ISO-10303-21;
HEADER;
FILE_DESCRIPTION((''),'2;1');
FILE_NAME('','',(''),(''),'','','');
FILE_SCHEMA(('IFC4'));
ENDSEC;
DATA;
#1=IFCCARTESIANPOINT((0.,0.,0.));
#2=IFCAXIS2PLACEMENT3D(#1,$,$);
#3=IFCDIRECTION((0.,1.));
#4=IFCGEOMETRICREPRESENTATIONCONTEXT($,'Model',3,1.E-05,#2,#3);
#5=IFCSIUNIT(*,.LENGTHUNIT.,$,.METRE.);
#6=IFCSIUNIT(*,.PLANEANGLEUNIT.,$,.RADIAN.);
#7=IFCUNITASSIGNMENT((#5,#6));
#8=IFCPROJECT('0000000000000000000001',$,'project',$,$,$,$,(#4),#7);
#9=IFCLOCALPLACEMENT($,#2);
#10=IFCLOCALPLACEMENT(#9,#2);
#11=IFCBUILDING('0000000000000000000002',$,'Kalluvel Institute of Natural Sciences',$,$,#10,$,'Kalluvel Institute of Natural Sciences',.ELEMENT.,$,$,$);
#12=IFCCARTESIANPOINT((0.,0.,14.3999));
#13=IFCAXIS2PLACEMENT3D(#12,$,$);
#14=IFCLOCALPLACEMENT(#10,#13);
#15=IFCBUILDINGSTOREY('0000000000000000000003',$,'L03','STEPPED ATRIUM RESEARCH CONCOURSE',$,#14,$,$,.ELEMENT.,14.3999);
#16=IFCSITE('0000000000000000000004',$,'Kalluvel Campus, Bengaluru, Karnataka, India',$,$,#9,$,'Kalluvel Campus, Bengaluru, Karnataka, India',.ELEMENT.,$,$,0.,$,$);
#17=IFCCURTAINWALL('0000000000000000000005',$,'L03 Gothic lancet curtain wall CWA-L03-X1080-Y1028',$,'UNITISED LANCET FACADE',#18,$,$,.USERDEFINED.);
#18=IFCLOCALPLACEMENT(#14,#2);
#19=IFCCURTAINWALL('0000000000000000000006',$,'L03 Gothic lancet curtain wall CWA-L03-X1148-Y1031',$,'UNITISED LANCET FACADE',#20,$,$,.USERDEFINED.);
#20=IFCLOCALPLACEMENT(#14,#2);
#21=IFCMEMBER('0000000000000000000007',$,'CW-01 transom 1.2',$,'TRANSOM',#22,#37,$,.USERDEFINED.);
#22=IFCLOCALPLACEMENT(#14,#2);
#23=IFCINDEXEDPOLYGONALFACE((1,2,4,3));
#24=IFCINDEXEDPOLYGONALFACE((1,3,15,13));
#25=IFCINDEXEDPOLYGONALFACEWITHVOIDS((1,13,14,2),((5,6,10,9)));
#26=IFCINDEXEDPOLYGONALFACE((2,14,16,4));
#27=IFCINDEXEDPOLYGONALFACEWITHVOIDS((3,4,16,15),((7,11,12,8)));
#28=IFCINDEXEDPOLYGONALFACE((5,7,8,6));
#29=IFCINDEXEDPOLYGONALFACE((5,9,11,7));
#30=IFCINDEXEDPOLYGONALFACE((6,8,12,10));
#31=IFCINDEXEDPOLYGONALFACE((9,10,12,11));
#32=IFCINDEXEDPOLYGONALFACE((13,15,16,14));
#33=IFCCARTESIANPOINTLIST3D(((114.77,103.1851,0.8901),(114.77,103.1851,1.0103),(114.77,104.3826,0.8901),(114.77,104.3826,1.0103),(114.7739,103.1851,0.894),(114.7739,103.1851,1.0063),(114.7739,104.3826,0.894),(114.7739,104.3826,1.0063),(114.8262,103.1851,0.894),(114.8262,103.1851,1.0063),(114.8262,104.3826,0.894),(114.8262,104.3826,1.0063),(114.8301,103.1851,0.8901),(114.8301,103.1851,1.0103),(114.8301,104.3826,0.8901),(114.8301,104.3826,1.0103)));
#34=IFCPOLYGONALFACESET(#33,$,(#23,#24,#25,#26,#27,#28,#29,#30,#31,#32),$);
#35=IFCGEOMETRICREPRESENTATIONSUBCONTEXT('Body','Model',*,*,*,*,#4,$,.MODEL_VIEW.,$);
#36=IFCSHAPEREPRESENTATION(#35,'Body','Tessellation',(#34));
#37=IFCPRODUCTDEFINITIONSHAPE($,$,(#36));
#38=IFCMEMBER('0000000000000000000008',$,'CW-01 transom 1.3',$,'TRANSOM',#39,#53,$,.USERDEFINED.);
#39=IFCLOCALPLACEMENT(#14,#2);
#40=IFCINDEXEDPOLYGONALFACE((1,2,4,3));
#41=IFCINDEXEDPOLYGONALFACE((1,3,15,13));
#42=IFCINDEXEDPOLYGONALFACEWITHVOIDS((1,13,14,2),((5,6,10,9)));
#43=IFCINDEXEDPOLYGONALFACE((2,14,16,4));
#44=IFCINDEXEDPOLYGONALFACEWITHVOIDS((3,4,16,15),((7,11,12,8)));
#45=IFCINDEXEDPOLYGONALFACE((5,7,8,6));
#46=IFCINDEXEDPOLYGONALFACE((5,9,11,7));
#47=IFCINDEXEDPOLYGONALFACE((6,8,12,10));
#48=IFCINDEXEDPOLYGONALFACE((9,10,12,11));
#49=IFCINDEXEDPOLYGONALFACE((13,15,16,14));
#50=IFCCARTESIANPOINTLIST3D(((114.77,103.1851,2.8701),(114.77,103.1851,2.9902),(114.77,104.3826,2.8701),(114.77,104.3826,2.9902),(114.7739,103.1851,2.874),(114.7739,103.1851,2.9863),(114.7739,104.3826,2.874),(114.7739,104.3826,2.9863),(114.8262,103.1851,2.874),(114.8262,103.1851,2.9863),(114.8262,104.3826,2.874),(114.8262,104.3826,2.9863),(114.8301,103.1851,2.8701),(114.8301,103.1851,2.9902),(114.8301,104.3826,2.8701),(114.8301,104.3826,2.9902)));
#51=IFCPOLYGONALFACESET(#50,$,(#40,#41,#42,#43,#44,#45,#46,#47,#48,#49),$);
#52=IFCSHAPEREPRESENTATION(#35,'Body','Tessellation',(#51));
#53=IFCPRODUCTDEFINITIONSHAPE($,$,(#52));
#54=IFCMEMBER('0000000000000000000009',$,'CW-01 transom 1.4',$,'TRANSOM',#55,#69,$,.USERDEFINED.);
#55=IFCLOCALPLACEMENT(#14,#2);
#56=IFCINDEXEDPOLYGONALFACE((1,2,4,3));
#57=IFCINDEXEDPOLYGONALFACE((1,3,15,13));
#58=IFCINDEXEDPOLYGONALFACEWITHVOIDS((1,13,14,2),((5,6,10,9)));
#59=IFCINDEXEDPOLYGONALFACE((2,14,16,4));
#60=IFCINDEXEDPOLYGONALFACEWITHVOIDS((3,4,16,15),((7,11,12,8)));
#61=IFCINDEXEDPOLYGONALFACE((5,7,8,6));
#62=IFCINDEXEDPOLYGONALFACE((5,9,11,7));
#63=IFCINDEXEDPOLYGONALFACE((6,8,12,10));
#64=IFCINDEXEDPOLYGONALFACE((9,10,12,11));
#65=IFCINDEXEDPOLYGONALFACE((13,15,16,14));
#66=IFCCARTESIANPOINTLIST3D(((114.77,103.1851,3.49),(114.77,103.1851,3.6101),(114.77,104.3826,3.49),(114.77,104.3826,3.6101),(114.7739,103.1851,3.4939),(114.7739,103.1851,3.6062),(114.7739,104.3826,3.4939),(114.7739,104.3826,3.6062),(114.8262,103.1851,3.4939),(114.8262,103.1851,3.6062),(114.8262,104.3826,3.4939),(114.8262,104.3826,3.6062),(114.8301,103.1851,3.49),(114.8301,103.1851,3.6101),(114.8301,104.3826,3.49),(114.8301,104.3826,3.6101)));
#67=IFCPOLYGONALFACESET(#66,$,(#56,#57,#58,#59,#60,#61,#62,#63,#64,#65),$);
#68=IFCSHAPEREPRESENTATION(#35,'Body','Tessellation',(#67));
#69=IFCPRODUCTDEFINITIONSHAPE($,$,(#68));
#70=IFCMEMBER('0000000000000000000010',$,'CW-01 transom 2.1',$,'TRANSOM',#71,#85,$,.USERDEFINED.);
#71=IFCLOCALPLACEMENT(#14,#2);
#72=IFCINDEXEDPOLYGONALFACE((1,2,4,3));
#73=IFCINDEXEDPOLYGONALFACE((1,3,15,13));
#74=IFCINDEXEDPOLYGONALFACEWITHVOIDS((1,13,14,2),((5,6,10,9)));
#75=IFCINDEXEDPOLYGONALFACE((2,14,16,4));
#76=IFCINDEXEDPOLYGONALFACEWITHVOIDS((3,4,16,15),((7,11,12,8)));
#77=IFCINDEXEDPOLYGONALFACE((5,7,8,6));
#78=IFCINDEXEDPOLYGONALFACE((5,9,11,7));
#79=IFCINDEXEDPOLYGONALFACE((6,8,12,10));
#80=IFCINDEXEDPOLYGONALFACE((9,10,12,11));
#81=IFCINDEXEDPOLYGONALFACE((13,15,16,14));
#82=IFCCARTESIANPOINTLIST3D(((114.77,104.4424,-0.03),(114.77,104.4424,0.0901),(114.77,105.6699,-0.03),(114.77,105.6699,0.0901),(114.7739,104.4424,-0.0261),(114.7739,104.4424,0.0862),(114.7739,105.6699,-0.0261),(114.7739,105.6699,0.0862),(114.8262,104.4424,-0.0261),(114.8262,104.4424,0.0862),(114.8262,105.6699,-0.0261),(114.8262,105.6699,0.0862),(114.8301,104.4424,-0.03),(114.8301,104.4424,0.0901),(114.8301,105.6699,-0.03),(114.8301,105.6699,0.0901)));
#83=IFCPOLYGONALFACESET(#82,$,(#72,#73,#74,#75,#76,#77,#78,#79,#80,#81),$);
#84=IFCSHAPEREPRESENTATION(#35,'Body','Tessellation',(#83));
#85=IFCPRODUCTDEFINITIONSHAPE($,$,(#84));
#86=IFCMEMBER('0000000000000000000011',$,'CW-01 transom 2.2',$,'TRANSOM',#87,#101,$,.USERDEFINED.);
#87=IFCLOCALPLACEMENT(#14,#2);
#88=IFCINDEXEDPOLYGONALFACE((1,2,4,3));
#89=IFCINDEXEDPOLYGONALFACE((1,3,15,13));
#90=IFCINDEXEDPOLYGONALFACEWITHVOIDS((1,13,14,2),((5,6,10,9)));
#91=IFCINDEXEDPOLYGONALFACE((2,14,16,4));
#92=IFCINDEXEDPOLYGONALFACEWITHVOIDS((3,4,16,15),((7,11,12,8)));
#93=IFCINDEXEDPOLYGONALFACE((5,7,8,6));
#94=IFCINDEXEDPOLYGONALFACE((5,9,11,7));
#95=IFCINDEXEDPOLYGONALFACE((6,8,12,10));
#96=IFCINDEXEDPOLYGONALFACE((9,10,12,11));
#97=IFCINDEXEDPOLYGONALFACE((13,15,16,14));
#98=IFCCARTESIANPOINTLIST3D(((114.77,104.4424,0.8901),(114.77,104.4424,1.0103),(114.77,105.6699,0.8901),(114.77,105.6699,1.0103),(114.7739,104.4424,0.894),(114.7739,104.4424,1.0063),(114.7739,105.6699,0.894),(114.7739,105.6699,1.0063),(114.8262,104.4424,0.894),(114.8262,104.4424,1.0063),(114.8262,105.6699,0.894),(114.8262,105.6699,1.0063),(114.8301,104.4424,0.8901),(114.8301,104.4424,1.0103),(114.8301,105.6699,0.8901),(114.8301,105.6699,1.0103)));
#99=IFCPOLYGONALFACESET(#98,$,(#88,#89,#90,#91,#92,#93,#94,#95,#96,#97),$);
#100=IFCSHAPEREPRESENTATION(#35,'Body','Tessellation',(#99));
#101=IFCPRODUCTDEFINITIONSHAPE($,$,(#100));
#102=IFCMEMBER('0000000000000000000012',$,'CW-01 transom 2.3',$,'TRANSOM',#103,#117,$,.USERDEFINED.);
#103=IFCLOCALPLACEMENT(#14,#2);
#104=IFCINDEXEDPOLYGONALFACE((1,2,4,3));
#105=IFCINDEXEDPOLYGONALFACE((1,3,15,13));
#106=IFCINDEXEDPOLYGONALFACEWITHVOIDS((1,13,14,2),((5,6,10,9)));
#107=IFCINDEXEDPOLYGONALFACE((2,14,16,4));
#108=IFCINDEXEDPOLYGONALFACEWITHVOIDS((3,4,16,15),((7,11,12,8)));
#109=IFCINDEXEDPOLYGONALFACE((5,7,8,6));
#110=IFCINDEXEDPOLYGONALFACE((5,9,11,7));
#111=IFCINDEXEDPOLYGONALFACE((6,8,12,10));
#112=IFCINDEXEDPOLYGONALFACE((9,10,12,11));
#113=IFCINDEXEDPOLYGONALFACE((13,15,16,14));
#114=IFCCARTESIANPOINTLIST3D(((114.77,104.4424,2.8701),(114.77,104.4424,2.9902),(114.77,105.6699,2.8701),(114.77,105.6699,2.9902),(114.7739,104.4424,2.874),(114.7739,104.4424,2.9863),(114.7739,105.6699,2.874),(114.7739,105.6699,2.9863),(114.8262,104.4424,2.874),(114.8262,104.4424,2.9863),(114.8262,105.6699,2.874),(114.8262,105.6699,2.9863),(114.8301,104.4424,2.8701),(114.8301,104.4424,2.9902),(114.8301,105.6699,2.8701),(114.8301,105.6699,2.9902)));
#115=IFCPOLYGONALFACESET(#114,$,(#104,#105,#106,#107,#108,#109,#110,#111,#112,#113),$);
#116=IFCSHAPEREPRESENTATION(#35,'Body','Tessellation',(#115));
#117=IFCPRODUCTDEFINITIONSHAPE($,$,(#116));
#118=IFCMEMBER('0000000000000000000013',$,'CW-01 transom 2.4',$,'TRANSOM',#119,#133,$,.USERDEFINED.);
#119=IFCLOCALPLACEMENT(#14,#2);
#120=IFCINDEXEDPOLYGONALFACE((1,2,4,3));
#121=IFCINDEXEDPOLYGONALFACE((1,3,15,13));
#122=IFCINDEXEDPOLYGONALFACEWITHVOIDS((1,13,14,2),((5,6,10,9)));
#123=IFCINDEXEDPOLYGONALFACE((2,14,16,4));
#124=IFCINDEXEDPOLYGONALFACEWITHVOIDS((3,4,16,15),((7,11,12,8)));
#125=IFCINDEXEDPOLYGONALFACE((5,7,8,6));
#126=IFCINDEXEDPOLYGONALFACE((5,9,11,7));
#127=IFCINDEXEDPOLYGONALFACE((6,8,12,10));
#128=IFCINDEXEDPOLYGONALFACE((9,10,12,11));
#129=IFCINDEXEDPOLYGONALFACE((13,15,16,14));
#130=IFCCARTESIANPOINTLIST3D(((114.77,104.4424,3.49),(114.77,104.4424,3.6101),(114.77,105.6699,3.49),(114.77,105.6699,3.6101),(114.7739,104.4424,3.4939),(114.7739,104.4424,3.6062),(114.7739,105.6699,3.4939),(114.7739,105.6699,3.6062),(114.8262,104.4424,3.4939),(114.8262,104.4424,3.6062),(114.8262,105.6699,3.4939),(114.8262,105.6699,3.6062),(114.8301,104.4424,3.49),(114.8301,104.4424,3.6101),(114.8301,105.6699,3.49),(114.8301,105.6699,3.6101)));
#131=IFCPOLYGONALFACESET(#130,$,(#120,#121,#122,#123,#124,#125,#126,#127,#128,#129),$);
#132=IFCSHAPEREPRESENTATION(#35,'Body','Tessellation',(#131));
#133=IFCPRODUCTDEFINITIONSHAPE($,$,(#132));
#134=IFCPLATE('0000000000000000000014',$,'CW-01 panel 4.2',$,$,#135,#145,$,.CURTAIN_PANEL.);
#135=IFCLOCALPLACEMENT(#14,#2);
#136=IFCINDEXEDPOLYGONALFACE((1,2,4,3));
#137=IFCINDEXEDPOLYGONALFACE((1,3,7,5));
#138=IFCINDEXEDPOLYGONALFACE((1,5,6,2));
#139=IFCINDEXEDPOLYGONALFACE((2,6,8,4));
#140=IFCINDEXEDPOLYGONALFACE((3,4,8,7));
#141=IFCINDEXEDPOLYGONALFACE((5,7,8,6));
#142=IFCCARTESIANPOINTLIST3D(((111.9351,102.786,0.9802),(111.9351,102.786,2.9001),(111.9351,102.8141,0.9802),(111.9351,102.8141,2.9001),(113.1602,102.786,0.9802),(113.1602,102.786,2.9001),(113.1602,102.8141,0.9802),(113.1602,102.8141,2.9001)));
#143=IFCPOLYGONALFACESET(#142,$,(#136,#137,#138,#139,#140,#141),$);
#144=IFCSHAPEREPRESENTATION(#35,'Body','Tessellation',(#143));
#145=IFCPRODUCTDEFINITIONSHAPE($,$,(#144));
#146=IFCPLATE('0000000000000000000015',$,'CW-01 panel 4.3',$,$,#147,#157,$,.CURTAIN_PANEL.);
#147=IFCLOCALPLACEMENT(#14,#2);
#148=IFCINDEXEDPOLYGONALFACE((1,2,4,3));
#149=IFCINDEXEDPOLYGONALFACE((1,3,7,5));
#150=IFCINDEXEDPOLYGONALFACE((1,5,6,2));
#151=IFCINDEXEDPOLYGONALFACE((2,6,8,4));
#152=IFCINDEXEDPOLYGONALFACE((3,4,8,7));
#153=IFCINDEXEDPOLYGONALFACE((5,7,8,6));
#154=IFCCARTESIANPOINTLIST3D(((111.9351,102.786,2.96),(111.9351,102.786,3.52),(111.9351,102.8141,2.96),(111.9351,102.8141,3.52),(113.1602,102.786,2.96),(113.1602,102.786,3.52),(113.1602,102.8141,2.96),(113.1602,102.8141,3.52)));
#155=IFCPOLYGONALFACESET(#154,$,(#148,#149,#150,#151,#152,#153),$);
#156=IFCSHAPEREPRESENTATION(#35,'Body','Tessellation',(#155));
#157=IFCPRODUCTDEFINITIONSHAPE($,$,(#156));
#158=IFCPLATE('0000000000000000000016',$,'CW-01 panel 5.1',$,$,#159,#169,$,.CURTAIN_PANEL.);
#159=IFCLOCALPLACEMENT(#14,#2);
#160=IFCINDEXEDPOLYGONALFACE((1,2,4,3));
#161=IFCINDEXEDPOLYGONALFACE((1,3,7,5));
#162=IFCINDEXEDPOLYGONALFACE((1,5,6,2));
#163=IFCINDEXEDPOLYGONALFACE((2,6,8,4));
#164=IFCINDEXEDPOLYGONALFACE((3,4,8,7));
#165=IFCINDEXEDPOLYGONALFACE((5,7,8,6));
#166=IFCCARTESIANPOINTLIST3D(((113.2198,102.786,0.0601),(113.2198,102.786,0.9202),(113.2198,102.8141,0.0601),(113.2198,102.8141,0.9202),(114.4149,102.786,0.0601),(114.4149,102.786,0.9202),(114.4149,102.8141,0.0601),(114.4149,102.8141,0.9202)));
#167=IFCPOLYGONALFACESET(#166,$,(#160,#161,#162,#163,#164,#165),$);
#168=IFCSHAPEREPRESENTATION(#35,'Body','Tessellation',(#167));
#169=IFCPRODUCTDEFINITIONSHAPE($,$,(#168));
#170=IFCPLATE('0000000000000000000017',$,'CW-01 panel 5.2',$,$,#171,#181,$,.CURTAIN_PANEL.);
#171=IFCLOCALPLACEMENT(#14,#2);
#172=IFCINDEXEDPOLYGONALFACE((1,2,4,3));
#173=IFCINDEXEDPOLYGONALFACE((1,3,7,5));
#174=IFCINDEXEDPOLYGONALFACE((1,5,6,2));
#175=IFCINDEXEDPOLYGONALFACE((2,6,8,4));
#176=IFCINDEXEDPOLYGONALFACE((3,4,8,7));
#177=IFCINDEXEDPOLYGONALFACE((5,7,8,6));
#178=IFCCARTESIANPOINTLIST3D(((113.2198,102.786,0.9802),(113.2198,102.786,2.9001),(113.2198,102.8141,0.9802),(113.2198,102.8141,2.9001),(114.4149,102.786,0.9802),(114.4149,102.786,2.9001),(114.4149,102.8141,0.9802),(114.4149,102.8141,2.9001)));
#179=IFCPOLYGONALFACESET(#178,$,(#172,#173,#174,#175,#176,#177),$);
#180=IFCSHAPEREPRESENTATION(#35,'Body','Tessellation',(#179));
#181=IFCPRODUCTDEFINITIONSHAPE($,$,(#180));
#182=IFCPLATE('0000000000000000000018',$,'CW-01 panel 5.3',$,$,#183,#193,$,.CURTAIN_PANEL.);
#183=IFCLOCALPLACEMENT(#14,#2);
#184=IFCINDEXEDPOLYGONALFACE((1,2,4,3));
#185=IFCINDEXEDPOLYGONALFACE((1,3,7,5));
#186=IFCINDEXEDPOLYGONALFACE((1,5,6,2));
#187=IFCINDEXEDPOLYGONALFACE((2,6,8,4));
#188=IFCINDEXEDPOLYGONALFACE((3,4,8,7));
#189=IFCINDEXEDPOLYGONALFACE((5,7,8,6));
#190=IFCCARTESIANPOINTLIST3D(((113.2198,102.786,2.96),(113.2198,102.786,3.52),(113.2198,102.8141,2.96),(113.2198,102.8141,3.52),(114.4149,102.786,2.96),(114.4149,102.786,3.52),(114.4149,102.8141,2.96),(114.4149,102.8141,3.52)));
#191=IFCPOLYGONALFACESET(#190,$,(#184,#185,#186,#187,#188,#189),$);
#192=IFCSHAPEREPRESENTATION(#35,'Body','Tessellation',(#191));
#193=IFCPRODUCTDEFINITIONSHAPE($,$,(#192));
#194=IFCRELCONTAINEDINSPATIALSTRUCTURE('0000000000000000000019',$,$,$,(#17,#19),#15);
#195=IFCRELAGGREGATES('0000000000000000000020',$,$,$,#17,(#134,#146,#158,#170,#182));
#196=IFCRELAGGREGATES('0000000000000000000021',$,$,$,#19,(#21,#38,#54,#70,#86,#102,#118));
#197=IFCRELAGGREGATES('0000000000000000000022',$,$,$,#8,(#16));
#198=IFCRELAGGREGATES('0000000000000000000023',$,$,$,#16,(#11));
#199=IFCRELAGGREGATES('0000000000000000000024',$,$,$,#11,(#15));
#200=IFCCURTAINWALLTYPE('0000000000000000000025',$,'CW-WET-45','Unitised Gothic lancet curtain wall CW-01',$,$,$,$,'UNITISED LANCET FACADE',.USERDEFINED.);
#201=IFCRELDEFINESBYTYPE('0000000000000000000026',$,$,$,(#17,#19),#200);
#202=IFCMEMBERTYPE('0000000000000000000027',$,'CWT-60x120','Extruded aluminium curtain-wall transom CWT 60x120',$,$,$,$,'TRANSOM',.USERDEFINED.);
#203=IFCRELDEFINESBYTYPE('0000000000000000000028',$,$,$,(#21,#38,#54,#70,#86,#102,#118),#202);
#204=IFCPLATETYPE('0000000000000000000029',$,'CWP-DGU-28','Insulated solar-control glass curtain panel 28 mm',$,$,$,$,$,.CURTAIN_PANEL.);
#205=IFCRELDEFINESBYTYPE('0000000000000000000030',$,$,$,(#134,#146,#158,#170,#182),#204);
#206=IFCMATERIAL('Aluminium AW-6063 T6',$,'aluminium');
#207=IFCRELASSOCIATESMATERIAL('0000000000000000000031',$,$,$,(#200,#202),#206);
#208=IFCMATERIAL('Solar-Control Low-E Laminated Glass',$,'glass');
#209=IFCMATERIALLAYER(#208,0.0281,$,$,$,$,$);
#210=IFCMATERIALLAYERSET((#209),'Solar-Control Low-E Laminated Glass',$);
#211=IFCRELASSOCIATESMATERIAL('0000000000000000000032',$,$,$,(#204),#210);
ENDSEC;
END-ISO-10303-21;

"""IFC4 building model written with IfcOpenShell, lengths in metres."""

from ifc_helpers import new_model, si_unit, direction, frame, origin, origin_2d, place, context, subcontext, project, spatial, rectangle, hollow_rectangle, extrude, material, layer, layer_set, material_profile, profile_set, type_object, element, aggregate, save


model = new_model("IFC4")

# Units and contexts
model_context = context("Model", 3, precision=1e-05, world=origin(), true_north=direction((0.0, 1.0)))
body_context = subcontext(model_context, "Body", "Model", "MODEL_VIEW")
ifc_project = project(units=[si_unit("LENGTHUNIT", "METRE"), si_unit("PLANEANGLEUNIT", "RADIAN")], contexts=[model_context])

# Site, building, storey
site_placement = place(None, origin())
site = spatial("IfcSite", under=ifc_project, at=site_placement, Name="Kalluvel Campus, Bengaluru, Karnataka, India", LongName="Kalluvel Campus, Bengaluru, Karnataka, India", CompositionType="ELEMENT", RefElevation=0.0)
building_placement = place(site_placement, origin())
building = spatial("IfcBuilding", under=site, at=building_placement, Name="Kalluvel Institute of Natural Sciences", LongName="Kalluvel Institute of Natural Sciences", CompositionType="ELEMENT")
storey_placement = place(building_placement, frame((0.0, 0.0, 14.3999)))
storey = spatial("IfcBuildingStorey", under=building, at=storey_placement, Name="L03", Description="STEPPED ATRIUM RESEARCH CONCOURSE", CompositionType="ELEMENT", Elevation=14.3999)

# Curtain walls
ifc_material_1 = material(Name="Aluminium AW-6063 T6", Category="aluminium")
curtain_wall_type = type_object("IfcCurtainWallType", Name="CW-WET-45", Description="Unitised Gothic lancet curtain wall CW-01", ElementType="UNITISED LANCET FACADE", PredefinedType="USERDEFINED", material=ifc_material_1)
curtain_wall_1_placement = place(storey_placement, origin())
curtain_wall_1 = element("IfcCurtainWall", 1, at=curtain_wall_1_placement, inside=storey, type_object=curtain_wall_type, Name="L03 Gothic lancet curtain wall CWA-L03-X1080-Y1028", ObjectType="UNITISED LANCET FACADE", PredefinedType="USERDEFINED")
curtain_wall_2_placement = place(storey_placement, origin())
curtain_wall_2 = element("IfcCurtainWall", 2, at=curtain_wall_2_placement, inside=storey, type_object=curtain_wall_type, Name="L03 Gothic lancet curtain wall CWA-L03-X1148-Y1031", ObjectType="UNITISED LANCET FACADE", PredefinedType="USERDEFINED")

# Members
ifc_material_profile_1 = material_profile(ifc_material_1, hollow_rectangle(XDim=0.0601, YDim=0.1201, WallThickness=0.0039, at=origin_2d()), Name="CWT 60x120")
ifc_profile_set_1 = profile_set([ifc_material_profile_1], Name="Aluminium AW-6063 T6")
member_type_1 = type_object("IfcMemberType", Name="CWT-60x120", Description="Extruded aluminium curtain-wall transom CWT 60x120", ElementType="TRANSOM", PredefinedType="USERDEFINED", material=ifc_profile_set_1)
member_1_placement = place(storey_placement, frame((114.8, 103.1851, 0.9502), z_axis=(0.0, 1.0, 0.0), x_axis=(-1.0, 0.0, 0.0)))
member_1 = element("IfcMember", 3, at=member_1_placement, type_object=member_type_1, Name="CW-01 transom 1.2", ObjectType="TRANSOM", PredefinedType="USERDEFINED", context=body_context, shape_type="SweptSolid", body=[
    extrude(hollow_rectangle(XDim=0.0601, YDim=0.1201, WallThickness=0.0039, at=origin_2d()), origin(), (0.0, 0.0, 1.0), 1.1975),
])
member_2_placement = place(storey_placement, frame((114.8, 103.1851, 2.9302), z_axis=(0.0, 1.0, 0.0), x_axis=(-1.0, 0.0, 0.0)))
member_2 = element("IfcMember", 4, at=member_2_placement, type_object=member_type_1, Name="CW-01 transom 1.3", ObjectType="TRANSOM", PredefinedType="USERDEFINED", context=body_context, shape_type="SweptSolid", body=[
    extrude(hollow_rectangle(XDim=0.0601, YDim=0.1201, WallThickness=0.0039, at=origin_2d()), origin(), (0.0, 0.0, 1.0), 1.1975),
])
member_3_placement = place(storey_placement, frame((114.8, 103.1851, 3.55), z_axis=(0.0, 1.0, 0.0), x_axis=(-1.0, 0.0, 0.0)))
member_3 = element("IfcMember", 5, at=member_3_placement, type_object=member_type_1, Name="CW-01 transom 1.4", ObjectType="TRANSOM", PredefinedType="USERDEFINED", context=body_context, shape_type="SweptSolid", body=[
    extrude(hollow_rectangle(XDim=0.0601, YDim=0.1201, WallThickness=0.0039, at=origin_2d()), origin(), (0.0, 0.0, 1.0), 1.1975),
])
member_4_placement = place(storey_placement, frame((114.8, 104.4424, 0.03), z_axis=(0.0, 1.0, 0.0), x_axis=(-1.0, 0.0, 0.0)))
member_4 = element("IfcMember", 6, at=member_4_placement, type_object=member_type_1, Name="CW-01 transom 2.1", ObjectType="TRANSOM", PredefinedType="USERDEFINED", context=body_context, shape_type="SweptSolid", body=[
    extrude(hollow_rectangle(XDim=0.0601, YDim=0.1201, WallThickness=0.0039, at=origin_2d()), origin(), (0.0, 0.0, 1.0), 1.2275),
])
member_5_placement = place(storey_placement, frame((114.8, 104.4424, 0.9502), z_axis=(0.0, 1.0, 0.0), x_axis=(-1.0, 0.0, 0.0)))
member_5 = element("IfcMember", 7, at=member_5_placement, type_object=member_type_1, Name="CW-01 transom 2.2", ObjectType="TRANSOM", PredefinedType="USERDEFINED", context=body_context, shape_type="SweptSolid", body=[
    extrude(hollow_rectangle(XDim=0.0601, YDim=0.1201, WallThickness=0.0039, at=origin_2d()), origin(), (0.0, 0.0, 1.0), 1.2275),
])
member_6_placement = place(storey_placement, frame((114.8, 104.4424, 2.9302), z_axis=(0.0, 1.0, 0.0), x_axis=(-1.0, 0.0, 0.0)))
member_6 = element("IfcMember", 8, at=member_6_placement, type_object=member_type_1, Name="CW-01 transom 2.3", ObjectType="TRANSOM", PredefinedType="USERDEFINED", context=body_context, shape_type="SweptSolid", body=[
    extrude(hollow_rectangle(XDim=0.0601, YDim=0.1201, WallThickness=0.0039, at=origin_2d()), origin(), (0.0, 0.0, 1.0), 1.2275),
])
member_7_placement = place(storey_placement, frame((114.8, 104.4424, 3.55), z_axis=(0.0, 1.0, 0.0), x_axis=(-1.0, 0.0, 0.0)))
member_7 = element("IfcMember", 9, at=member_7_placement, type_object=member_type_1, Name="CW-01 transom 2.4", ObjectType="TRANSOM", PredefinedType="USERDEFINED", context=body_context, shape_type="SweptSolid", body=[
    extrude(hollow_rectangle(XDim=0.0601, YDim=0.1201, WallThickness=0.0039, at=origin_2d()), origin(), (0.0, 0.0, 1.0), 1.2275),
])

# Plates
ifc_material_2 = material(Name="Solar-Control Low-E Laminated Glass", Category="glass")
ifc_layer = layer(ifc_material_2, 0.0281)
ifc_layer_set = layer_set([ifc_layer], Name="Solar-Control Low-E Laminated Glass")
plate_type = type_object("IfcPlateType", Name="CWP-DGU-28", Description="Insulated solar-control glass curtain panel 28 mm", PredefinedType="CURTAIN_PANEL", material=ifc_layer_set)
plate_1_placement = place(storey_placement, frame((112.5476, 102.8, 0.9802), z_axis=(0.0, 0.0, 1.0), x_axis=(1.0, 0.0, 0.0)))
plate_1 = element("IfcPlate", 10, at=plate_1_placement, type_object=plate_type, Name="CW-01 panel 4.2", PredefinedType="CURTAIN_PANEL", context=body_context, shape_type="SweptSolid", body=[
    extrude(rectangle(XDim=1.2251, YDim=0.0281, at=origin_2d()), origin(), (0.0, 0.0, 1.0), 1.9199),
])
plate_2_placement = place(storey_placement, frame((112.5476, 102.8, 2.96), z_axis=(0.0, 0.0, 1.0), x_axis=(1.0, 0.0, 0.0)))
plate_2 = element("IfcPlate", 11, at=plate_2_placement, type_object=plate_type, Name="CW-01 panel 4.3", PredefinedType="CURTAIN_PANEL", context=body_context, shape_type="SweptSolid", body=[
    extrude(rectangle(XDim=1.2251, YDim=0.0281, at=origin_2d()), origin(), (0.0, 0.0, 1.0), 0.5601),
])
plate_3_placement = place(storey_placement, frame((113.8174, 102.8, 0.0601), z_axis=(0.0, 0.0, 1.0), x_axis=(1.0, 0.0, 0.0)))
plate_3 = element("IfcPlate", 12, at=plate_3_placement, type_object=plate_type, Name="CW-01 panel 5.1", PredefinedType="CURTAIN_PANEL", context=body_context, shape_type="SweptSolid", body=[
    extrude(rectangle(XDim=1.1951, YDim=0.0281, at=origin_2d()), origin(), (0.0, 0.0, 1.0), 0.8601),
])
plate_4_placement = place(storey_placement, frame((113.8174, 102.8, 0.9802), z_axis=(0.0, 0.0, 1.0), x_axis=(1.0, 0.0, 0.0)))
plate_4 = element("IfcPlate", 13, at=plate_4_placement, type_object=plate_type, Name="CW-01 panel 5.2", PredefinedType="CURTAIN_PANEL", context=body_context, shape_type="SweptSolid", body=[
    extrude(rectangle(XDim=1.1951, YDim=0.0281, at=origin_2d()), origin(), (0.0, 0.0, 1.0), 1.9199),
])
plate_5_placement = place(storey_placement, frame((113.8174, 102.8, 2.96), z_axis=(0.0, 0.0, 1.0), x_axis=(1.0, 0.0, 0.0)))
plate_5 = element("IfcPlate", 14, at=plate_5_placement, type_object=plate_type, Name="CW-01 panel 5.3", PredefinedType="CURTAIN_PANEL", context=body_context, shape_type="SweptSolid", body=[
    extrude(rectangle(XDim=1.1951, YDim=0.0281, at=origin_2d()), origin(), (0.0, 0.0, 1.0), 0.5601),
])
aggregate(curtain_wall_1, [plate_1, plate_2, plate_3, plate_4, plate_5])
aggregate(curtain_wall_2, [member_1, member_2, member_3, member_4, member_5, member_6, member_7])

save(model, "model.ifc")
